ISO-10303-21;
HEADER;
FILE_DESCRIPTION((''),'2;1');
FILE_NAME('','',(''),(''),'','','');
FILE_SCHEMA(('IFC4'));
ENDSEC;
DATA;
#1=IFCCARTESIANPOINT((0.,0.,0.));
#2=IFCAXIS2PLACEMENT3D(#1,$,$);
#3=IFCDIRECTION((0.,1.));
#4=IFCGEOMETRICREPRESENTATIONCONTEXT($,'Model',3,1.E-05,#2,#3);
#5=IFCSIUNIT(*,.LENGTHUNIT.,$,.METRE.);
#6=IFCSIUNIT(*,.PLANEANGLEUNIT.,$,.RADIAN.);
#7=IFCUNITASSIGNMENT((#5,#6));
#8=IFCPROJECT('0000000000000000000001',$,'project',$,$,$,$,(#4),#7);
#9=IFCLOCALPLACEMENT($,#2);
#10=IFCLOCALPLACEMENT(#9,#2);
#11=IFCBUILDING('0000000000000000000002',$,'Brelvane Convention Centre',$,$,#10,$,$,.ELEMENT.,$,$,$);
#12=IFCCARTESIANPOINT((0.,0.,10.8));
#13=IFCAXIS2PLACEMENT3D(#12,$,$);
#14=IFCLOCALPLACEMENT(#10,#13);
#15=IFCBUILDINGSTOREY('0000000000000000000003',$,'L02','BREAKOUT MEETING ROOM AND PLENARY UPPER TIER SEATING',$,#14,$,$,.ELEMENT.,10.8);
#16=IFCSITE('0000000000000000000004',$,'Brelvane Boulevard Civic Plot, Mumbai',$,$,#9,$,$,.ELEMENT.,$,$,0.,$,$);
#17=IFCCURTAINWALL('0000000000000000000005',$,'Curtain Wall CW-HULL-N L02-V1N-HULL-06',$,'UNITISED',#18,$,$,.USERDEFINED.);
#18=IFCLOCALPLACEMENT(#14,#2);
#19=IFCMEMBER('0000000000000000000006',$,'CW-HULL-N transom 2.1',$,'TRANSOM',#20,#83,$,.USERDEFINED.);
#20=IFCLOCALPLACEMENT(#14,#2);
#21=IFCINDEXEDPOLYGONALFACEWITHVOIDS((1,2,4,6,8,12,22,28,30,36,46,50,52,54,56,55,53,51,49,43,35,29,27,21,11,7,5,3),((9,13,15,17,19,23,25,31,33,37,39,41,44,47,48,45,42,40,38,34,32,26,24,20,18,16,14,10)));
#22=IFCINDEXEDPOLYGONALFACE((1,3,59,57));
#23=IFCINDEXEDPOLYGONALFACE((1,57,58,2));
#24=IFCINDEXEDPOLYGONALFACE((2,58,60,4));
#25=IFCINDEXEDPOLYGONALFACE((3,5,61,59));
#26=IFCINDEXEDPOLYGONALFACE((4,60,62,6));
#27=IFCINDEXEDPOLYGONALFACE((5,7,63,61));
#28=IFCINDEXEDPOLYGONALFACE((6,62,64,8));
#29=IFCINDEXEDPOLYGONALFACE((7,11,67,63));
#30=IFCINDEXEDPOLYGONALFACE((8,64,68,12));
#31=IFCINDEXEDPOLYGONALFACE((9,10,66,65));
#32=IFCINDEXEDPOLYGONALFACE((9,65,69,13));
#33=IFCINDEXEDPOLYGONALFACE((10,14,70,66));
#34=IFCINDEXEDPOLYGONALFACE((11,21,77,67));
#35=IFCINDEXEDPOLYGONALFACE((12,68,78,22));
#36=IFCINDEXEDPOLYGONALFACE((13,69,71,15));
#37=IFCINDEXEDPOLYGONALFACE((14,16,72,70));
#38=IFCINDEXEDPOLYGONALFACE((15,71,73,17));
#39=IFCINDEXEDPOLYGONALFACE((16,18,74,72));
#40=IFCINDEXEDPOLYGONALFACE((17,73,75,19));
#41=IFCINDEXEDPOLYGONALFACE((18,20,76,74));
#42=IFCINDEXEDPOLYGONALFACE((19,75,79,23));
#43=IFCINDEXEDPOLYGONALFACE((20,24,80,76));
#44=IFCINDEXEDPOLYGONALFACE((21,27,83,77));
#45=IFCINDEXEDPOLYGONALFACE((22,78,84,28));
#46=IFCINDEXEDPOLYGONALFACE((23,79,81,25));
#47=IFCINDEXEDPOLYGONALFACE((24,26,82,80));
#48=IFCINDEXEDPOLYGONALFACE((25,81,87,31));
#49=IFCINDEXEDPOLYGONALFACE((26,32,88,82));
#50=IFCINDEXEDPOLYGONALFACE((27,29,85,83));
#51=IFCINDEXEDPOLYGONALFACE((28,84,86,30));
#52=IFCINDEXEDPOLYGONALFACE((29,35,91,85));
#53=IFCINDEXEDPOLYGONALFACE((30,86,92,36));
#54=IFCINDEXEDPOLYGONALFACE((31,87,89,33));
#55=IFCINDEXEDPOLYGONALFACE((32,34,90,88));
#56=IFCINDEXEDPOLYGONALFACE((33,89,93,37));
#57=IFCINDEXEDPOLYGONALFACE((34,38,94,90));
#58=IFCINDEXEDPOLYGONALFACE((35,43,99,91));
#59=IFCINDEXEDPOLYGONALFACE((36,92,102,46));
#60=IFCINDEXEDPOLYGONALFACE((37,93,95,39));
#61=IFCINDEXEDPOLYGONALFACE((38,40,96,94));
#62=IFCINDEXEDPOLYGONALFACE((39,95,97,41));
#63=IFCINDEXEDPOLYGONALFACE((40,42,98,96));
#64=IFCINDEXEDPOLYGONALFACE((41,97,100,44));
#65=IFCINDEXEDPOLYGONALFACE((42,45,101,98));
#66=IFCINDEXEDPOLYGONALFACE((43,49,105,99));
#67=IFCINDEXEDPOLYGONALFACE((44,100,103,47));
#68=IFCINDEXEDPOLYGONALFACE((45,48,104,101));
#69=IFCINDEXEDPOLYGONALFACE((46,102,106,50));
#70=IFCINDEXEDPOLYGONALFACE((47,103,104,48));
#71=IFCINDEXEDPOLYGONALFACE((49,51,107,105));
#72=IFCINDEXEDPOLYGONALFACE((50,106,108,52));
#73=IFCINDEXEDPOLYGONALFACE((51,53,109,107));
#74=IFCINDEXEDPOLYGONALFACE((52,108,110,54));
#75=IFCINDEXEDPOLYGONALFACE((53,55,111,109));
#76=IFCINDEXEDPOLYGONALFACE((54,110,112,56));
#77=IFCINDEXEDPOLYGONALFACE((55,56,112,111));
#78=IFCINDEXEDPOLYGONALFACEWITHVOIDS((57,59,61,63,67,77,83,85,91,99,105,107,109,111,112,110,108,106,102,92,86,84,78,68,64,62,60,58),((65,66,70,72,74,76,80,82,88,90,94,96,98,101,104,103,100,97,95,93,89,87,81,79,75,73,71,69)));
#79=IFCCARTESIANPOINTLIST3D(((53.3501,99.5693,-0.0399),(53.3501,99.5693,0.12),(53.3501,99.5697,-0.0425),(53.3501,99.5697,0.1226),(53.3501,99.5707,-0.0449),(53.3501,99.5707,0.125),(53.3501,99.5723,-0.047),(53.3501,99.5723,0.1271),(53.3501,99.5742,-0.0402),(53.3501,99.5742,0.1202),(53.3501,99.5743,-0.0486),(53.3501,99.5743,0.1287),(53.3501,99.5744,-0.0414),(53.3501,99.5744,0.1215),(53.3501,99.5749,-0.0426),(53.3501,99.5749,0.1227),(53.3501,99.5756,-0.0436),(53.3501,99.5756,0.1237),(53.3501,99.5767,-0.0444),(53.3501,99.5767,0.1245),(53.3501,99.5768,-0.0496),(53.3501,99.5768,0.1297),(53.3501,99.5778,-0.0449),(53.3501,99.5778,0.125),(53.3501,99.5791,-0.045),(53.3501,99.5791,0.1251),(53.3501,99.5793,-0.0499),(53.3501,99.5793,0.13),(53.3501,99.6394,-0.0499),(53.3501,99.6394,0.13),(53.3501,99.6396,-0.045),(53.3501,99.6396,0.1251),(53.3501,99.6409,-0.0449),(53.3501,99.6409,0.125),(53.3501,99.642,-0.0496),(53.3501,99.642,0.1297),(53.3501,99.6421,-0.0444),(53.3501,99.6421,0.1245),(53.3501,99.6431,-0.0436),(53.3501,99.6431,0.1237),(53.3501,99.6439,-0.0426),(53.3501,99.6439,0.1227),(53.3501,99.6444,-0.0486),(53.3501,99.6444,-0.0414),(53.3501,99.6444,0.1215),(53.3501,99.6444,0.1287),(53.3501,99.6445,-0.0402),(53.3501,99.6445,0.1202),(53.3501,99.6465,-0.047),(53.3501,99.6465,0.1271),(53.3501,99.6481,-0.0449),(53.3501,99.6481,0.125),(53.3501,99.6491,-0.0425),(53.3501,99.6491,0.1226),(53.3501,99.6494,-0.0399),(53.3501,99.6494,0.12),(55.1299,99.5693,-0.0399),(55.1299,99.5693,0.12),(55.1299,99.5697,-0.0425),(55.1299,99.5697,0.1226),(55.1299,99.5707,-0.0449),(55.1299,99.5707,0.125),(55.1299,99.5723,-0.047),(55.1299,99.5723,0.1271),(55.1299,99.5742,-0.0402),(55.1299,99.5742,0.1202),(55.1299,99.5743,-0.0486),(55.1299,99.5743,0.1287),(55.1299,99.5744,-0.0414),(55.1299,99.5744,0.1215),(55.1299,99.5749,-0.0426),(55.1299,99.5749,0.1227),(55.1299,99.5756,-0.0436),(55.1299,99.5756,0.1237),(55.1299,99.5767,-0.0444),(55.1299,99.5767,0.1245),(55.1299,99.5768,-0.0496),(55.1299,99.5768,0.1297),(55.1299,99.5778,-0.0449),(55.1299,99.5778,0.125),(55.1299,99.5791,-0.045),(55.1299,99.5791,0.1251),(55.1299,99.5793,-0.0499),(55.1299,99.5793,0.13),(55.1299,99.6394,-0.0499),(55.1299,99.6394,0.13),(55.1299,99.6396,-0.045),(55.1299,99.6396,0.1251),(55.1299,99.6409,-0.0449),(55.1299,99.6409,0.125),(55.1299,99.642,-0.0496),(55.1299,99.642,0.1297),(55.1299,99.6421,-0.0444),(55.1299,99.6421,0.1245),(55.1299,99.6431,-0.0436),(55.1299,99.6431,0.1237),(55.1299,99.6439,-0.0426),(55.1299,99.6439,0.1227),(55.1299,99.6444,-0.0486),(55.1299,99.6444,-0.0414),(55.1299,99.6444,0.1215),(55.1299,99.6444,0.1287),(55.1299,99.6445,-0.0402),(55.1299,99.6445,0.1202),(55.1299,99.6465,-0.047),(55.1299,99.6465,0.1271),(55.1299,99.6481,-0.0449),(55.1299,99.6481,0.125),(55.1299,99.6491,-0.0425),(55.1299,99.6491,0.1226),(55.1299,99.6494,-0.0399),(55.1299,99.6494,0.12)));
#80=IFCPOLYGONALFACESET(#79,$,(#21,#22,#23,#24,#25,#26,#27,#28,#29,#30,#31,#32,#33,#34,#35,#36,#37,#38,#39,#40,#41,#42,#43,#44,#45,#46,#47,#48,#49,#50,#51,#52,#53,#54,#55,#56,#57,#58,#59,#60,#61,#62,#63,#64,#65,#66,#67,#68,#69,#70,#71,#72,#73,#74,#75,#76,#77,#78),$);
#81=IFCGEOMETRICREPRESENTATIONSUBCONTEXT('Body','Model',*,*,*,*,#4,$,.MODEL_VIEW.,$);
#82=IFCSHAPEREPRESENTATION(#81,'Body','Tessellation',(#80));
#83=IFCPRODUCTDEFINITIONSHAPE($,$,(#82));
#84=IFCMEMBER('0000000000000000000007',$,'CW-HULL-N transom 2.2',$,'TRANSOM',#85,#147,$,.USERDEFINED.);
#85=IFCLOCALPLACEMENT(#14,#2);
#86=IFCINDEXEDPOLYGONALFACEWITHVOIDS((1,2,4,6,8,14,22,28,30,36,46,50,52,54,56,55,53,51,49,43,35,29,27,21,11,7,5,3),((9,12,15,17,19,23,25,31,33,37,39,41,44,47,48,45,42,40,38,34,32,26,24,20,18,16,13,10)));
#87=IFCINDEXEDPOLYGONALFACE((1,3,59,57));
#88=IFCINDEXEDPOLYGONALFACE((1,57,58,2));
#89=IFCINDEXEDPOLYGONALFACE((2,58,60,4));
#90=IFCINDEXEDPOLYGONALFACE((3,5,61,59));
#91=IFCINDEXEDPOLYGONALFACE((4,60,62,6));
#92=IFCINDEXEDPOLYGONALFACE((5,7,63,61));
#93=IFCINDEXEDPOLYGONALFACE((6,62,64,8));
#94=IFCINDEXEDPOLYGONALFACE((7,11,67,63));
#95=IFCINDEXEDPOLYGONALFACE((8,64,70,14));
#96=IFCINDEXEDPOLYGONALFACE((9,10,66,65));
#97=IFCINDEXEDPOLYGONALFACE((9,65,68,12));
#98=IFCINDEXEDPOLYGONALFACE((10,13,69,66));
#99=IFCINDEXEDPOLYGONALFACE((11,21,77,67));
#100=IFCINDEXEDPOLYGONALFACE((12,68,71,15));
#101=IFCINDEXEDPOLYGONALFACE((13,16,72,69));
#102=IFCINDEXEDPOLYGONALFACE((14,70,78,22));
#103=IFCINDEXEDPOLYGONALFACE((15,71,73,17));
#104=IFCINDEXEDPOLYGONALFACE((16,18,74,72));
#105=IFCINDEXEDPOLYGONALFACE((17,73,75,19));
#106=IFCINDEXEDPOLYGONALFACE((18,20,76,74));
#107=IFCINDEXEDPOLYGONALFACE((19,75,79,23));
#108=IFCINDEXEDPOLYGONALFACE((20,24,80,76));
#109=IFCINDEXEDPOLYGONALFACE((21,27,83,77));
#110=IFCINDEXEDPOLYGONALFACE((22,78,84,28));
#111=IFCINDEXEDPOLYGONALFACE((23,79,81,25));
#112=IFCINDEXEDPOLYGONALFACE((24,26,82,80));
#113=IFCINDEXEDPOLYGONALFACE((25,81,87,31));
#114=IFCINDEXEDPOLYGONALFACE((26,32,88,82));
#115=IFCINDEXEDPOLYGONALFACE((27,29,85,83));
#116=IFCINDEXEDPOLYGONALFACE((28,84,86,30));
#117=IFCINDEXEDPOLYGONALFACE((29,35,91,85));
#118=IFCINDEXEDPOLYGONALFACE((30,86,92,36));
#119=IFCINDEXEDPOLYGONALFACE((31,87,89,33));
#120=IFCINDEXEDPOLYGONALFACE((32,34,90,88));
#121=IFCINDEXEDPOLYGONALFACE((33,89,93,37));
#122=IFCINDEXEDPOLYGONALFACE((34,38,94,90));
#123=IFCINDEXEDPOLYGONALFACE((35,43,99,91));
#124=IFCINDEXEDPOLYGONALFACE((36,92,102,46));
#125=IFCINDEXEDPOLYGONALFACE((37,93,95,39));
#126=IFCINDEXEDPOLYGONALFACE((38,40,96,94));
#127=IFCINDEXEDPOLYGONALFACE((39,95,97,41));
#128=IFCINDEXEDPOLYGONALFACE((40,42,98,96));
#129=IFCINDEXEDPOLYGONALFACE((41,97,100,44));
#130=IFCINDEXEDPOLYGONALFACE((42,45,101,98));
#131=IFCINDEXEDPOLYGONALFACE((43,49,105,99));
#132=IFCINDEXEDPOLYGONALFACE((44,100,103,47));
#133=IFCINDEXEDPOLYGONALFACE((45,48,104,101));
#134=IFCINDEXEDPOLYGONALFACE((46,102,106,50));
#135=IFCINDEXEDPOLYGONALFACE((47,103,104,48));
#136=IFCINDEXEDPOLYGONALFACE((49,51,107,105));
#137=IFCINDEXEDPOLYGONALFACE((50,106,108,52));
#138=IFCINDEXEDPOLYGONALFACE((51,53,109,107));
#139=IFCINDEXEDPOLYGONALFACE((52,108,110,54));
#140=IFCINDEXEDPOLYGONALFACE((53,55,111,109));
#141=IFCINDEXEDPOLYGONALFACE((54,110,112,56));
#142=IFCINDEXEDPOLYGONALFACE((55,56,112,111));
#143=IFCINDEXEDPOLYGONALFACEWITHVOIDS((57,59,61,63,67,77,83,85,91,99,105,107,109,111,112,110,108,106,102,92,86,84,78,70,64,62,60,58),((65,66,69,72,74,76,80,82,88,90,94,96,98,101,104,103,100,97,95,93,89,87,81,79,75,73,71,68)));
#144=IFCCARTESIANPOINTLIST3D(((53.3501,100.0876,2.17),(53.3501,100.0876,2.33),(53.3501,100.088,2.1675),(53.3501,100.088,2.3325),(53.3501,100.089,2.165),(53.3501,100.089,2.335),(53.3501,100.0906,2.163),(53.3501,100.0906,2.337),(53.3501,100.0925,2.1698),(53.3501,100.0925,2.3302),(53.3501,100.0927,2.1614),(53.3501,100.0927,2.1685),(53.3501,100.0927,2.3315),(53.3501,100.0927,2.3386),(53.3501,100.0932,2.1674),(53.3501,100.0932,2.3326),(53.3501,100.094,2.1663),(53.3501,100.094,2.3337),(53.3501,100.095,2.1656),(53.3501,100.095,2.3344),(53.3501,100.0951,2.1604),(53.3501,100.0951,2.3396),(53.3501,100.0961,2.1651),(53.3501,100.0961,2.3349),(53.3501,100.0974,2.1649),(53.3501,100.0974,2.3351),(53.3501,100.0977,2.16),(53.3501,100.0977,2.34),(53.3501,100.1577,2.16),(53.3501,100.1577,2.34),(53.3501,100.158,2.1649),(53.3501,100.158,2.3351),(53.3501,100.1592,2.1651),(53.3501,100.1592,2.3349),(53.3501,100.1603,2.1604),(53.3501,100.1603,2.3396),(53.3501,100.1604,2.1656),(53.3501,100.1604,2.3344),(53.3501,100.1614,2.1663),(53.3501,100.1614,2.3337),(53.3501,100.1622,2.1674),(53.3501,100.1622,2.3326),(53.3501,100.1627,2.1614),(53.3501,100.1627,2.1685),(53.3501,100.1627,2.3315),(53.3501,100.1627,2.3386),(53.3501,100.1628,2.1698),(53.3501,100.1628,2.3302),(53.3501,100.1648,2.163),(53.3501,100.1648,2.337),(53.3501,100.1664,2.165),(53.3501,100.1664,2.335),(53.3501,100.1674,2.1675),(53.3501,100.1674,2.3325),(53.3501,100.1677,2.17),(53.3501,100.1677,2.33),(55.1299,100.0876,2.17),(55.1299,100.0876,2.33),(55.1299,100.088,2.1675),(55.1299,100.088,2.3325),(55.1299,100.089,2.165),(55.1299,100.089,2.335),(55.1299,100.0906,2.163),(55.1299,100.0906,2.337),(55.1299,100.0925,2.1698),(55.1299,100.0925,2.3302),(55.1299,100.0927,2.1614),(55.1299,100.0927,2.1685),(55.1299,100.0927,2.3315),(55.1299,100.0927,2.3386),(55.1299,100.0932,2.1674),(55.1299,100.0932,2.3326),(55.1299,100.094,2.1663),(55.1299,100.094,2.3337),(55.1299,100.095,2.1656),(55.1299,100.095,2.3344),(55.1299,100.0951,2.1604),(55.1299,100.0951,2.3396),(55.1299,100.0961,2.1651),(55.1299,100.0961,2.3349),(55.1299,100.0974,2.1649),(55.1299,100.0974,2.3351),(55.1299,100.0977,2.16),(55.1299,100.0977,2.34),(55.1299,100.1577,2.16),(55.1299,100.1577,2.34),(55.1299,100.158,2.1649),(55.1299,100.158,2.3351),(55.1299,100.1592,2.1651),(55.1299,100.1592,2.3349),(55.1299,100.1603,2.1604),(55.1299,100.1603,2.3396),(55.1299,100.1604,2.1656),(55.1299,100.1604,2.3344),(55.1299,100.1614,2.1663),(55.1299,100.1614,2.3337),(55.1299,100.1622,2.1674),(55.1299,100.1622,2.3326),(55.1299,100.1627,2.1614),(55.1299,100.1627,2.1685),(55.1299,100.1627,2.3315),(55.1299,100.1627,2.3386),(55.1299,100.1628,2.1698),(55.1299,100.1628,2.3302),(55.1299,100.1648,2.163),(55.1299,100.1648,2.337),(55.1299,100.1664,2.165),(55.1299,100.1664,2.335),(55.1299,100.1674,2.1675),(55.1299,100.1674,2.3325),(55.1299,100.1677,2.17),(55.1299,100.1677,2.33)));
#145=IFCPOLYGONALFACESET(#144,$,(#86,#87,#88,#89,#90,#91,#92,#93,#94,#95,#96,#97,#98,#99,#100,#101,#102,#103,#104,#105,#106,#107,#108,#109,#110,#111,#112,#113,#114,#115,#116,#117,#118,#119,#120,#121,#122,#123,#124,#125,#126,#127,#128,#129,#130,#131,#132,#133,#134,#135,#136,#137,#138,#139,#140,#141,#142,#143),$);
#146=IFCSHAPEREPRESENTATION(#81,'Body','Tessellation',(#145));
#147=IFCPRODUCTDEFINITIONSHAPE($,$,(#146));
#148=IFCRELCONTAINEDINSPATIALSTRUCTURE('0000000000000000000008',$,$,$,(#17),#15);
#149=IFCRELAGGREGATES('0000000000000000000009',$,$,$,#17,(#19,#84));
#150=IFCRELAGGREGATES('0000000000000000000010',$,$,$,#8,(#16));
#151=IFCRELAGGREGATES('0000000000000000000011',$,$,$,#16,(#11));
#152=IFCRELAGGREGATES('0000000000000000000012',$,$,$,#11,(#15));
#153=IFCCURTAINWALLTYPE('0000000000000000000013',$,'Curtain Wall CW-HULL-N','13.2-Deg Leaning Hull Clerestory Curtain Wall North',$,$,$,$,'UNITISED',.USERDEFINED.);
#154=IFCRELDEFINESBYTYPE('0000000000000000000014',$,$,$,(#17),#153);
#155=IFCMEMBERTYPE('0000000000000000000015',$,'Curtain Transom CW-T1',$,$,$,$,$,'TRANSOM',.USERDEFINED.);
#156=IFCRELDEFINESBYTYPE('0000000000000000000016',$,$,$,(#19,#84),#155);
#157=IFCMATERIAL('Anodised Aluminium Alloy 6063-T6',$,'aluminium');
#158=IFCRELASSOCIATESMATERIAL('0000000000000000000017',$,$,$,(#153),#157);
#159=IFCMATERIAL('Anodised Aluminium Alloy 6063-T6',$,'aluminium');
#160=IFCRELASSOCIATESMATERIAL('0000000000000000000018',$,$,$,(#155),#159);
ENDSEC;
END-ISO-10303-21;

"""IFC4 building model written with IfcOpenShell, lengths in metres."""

from ifc_helpers import new_model, si_unit, direction, frame, origin, origin_2d, place, context, subcontext, project, spatial, hollow_rectangle, extrude, material, material_profile, profile_set, type_object, element, aggregate, save


model = new_model("IFC4")

# Units and contexts
model_context = context("Model", 3, precision=1e-05, world=origin(), true_north=direction((0.0, 1.0)))
body_context = subcontext(model_context, "Body", "Model", "MODEL_VIEW")
ifc_project = project(units=[si_unit("LENGTHUNIT", "METRE"), si_unit("PLANEANGLEUNIT", "RADIAN")], contexts=[model_context])

# Site, building, storey
site_placement = place(None, origin())
site = spatial("IfcSite", under=ifc_project, at=site_placement, Name="Brelvane Boulevard Civic Plot, Mumbai", CompositionType="ELEMENT", RefElevation=0.0)
building_placement = place(site_placement, origin())
building = spatial("IfcBuilding", under=site, at=building_placement, Name="Brelvane Convention Centre", CompositionType="ELEMENT")
storey_placement = place(building_placement, frame((0.0, 0.0, 10.8)))
storey = spatial("IfcBuildingStorey", under=building, at=storey_placement, Name="L02", Description="BREAKOUT MEETING ROOM AND PLENARY UPPER TIER SEATING", CompositionType="ELEMENT", Elevation=10.8)

# Curtain wall, members
ifc_material_1 = material(Name="Anodised Aluminium Alloy 6063-T6", Category="aluminium")
curtain_wall_type = type_object("IfcCurtainWallType", Name="Curtain Wall CW-HULL-N", Description="13.2-Deg Leaning Hull Clerestory Curtain Wall North", ElementType="UNITISED", PredefinedType="USERDEFINED", material=ifc_material_1)
curtain_wall_placement = place(storey_placement, origin())
curtain_wall = element("IfcCurtainWall", 1, at=curtain_wall_placement, inside=storey, type_object=curtain_wall_type, Name="Curtain Wall CW-HULL-N L02-V1N-HULL-06", ObjectType="UNITISED", PredefinedType="USERDEFINED")
ifc_material_2 = material(Name="Anodised Aluminium Alloy 6063-T6", Category="aluminium")
ifc_material_profile_1 = material_profile(ifc_material_2, hollow_rectangle(XDim=0.0801, YDim=0.1799, WallThickness=0.0049, InnerFilletRadius=0.0049, OuterFilletRadius=0.01, at=origin_2d()), Name="ALU-T 180x80x5.0")
ifc_profile_set_1 = profile_set([ifc_material_profile_1], Name="Anodised Aluminium Alloy 6063-T6")
member_type_1 = type_object("IfcMemberType", Name="Curtain Transom CW-T1", ElementType="TRANSOM", PredefinedType="USERDEFINED", material=ifc_profile_set_1)
member_1_placement = place(storey_placement, frame((53.3501, 99.6094, 0.04), z_axis=(1.0, 0.0, 0.0), x_axis=(0.0, 1.0, 0.0)))
member_1 = element("IfcMember", 2, at=member_1_placement, type_object=member_type_1, Name="CW-HULL-N transom 2.1", ObjectType="TRANSOM", PredefinedType="USERDEFINED", context=body_context, shape_type="SweptSolid", body=[
    extrude(hollow_rectangle(XDim=0.0801, YDim=0.1799, WallThickness=0.0049, InnerFilletRadius=0.0049, OuterFilletRadius=0.01, at=origin_2d()), origin(), (0.0, 0.0, 1.0), 1.7798),
])
member_2_placement = place(storey_placement, frame((53.3501, 100.1277, 2.25), z_axis=(1.0, 0.0, 0.0), x_axis=(0.0, 1.0, 0.0)))
member_2 = element("IfcMember", 3, at=member_2_placement, type_object=member_type_1, Name="CW-HULL-N transom 2.2", ObjectType="TRANSOM", PredefinedType="USERDEFINED", context=body_context, shape_type="SweptSolid", body=[
    extrude(hollow_rectangle(XDim=0.0801, YDim=0.1799, WallThickness=0.0049, InnerFilletRadius=0.0049, OuterFilletRadius=0.01, at=origin_2d()), origin(), (0.0, 0.0, 1.0), 1.7798),
])

aggregate(curtain_wall, [member_1, member_2])

save(model, "model.ifc")
